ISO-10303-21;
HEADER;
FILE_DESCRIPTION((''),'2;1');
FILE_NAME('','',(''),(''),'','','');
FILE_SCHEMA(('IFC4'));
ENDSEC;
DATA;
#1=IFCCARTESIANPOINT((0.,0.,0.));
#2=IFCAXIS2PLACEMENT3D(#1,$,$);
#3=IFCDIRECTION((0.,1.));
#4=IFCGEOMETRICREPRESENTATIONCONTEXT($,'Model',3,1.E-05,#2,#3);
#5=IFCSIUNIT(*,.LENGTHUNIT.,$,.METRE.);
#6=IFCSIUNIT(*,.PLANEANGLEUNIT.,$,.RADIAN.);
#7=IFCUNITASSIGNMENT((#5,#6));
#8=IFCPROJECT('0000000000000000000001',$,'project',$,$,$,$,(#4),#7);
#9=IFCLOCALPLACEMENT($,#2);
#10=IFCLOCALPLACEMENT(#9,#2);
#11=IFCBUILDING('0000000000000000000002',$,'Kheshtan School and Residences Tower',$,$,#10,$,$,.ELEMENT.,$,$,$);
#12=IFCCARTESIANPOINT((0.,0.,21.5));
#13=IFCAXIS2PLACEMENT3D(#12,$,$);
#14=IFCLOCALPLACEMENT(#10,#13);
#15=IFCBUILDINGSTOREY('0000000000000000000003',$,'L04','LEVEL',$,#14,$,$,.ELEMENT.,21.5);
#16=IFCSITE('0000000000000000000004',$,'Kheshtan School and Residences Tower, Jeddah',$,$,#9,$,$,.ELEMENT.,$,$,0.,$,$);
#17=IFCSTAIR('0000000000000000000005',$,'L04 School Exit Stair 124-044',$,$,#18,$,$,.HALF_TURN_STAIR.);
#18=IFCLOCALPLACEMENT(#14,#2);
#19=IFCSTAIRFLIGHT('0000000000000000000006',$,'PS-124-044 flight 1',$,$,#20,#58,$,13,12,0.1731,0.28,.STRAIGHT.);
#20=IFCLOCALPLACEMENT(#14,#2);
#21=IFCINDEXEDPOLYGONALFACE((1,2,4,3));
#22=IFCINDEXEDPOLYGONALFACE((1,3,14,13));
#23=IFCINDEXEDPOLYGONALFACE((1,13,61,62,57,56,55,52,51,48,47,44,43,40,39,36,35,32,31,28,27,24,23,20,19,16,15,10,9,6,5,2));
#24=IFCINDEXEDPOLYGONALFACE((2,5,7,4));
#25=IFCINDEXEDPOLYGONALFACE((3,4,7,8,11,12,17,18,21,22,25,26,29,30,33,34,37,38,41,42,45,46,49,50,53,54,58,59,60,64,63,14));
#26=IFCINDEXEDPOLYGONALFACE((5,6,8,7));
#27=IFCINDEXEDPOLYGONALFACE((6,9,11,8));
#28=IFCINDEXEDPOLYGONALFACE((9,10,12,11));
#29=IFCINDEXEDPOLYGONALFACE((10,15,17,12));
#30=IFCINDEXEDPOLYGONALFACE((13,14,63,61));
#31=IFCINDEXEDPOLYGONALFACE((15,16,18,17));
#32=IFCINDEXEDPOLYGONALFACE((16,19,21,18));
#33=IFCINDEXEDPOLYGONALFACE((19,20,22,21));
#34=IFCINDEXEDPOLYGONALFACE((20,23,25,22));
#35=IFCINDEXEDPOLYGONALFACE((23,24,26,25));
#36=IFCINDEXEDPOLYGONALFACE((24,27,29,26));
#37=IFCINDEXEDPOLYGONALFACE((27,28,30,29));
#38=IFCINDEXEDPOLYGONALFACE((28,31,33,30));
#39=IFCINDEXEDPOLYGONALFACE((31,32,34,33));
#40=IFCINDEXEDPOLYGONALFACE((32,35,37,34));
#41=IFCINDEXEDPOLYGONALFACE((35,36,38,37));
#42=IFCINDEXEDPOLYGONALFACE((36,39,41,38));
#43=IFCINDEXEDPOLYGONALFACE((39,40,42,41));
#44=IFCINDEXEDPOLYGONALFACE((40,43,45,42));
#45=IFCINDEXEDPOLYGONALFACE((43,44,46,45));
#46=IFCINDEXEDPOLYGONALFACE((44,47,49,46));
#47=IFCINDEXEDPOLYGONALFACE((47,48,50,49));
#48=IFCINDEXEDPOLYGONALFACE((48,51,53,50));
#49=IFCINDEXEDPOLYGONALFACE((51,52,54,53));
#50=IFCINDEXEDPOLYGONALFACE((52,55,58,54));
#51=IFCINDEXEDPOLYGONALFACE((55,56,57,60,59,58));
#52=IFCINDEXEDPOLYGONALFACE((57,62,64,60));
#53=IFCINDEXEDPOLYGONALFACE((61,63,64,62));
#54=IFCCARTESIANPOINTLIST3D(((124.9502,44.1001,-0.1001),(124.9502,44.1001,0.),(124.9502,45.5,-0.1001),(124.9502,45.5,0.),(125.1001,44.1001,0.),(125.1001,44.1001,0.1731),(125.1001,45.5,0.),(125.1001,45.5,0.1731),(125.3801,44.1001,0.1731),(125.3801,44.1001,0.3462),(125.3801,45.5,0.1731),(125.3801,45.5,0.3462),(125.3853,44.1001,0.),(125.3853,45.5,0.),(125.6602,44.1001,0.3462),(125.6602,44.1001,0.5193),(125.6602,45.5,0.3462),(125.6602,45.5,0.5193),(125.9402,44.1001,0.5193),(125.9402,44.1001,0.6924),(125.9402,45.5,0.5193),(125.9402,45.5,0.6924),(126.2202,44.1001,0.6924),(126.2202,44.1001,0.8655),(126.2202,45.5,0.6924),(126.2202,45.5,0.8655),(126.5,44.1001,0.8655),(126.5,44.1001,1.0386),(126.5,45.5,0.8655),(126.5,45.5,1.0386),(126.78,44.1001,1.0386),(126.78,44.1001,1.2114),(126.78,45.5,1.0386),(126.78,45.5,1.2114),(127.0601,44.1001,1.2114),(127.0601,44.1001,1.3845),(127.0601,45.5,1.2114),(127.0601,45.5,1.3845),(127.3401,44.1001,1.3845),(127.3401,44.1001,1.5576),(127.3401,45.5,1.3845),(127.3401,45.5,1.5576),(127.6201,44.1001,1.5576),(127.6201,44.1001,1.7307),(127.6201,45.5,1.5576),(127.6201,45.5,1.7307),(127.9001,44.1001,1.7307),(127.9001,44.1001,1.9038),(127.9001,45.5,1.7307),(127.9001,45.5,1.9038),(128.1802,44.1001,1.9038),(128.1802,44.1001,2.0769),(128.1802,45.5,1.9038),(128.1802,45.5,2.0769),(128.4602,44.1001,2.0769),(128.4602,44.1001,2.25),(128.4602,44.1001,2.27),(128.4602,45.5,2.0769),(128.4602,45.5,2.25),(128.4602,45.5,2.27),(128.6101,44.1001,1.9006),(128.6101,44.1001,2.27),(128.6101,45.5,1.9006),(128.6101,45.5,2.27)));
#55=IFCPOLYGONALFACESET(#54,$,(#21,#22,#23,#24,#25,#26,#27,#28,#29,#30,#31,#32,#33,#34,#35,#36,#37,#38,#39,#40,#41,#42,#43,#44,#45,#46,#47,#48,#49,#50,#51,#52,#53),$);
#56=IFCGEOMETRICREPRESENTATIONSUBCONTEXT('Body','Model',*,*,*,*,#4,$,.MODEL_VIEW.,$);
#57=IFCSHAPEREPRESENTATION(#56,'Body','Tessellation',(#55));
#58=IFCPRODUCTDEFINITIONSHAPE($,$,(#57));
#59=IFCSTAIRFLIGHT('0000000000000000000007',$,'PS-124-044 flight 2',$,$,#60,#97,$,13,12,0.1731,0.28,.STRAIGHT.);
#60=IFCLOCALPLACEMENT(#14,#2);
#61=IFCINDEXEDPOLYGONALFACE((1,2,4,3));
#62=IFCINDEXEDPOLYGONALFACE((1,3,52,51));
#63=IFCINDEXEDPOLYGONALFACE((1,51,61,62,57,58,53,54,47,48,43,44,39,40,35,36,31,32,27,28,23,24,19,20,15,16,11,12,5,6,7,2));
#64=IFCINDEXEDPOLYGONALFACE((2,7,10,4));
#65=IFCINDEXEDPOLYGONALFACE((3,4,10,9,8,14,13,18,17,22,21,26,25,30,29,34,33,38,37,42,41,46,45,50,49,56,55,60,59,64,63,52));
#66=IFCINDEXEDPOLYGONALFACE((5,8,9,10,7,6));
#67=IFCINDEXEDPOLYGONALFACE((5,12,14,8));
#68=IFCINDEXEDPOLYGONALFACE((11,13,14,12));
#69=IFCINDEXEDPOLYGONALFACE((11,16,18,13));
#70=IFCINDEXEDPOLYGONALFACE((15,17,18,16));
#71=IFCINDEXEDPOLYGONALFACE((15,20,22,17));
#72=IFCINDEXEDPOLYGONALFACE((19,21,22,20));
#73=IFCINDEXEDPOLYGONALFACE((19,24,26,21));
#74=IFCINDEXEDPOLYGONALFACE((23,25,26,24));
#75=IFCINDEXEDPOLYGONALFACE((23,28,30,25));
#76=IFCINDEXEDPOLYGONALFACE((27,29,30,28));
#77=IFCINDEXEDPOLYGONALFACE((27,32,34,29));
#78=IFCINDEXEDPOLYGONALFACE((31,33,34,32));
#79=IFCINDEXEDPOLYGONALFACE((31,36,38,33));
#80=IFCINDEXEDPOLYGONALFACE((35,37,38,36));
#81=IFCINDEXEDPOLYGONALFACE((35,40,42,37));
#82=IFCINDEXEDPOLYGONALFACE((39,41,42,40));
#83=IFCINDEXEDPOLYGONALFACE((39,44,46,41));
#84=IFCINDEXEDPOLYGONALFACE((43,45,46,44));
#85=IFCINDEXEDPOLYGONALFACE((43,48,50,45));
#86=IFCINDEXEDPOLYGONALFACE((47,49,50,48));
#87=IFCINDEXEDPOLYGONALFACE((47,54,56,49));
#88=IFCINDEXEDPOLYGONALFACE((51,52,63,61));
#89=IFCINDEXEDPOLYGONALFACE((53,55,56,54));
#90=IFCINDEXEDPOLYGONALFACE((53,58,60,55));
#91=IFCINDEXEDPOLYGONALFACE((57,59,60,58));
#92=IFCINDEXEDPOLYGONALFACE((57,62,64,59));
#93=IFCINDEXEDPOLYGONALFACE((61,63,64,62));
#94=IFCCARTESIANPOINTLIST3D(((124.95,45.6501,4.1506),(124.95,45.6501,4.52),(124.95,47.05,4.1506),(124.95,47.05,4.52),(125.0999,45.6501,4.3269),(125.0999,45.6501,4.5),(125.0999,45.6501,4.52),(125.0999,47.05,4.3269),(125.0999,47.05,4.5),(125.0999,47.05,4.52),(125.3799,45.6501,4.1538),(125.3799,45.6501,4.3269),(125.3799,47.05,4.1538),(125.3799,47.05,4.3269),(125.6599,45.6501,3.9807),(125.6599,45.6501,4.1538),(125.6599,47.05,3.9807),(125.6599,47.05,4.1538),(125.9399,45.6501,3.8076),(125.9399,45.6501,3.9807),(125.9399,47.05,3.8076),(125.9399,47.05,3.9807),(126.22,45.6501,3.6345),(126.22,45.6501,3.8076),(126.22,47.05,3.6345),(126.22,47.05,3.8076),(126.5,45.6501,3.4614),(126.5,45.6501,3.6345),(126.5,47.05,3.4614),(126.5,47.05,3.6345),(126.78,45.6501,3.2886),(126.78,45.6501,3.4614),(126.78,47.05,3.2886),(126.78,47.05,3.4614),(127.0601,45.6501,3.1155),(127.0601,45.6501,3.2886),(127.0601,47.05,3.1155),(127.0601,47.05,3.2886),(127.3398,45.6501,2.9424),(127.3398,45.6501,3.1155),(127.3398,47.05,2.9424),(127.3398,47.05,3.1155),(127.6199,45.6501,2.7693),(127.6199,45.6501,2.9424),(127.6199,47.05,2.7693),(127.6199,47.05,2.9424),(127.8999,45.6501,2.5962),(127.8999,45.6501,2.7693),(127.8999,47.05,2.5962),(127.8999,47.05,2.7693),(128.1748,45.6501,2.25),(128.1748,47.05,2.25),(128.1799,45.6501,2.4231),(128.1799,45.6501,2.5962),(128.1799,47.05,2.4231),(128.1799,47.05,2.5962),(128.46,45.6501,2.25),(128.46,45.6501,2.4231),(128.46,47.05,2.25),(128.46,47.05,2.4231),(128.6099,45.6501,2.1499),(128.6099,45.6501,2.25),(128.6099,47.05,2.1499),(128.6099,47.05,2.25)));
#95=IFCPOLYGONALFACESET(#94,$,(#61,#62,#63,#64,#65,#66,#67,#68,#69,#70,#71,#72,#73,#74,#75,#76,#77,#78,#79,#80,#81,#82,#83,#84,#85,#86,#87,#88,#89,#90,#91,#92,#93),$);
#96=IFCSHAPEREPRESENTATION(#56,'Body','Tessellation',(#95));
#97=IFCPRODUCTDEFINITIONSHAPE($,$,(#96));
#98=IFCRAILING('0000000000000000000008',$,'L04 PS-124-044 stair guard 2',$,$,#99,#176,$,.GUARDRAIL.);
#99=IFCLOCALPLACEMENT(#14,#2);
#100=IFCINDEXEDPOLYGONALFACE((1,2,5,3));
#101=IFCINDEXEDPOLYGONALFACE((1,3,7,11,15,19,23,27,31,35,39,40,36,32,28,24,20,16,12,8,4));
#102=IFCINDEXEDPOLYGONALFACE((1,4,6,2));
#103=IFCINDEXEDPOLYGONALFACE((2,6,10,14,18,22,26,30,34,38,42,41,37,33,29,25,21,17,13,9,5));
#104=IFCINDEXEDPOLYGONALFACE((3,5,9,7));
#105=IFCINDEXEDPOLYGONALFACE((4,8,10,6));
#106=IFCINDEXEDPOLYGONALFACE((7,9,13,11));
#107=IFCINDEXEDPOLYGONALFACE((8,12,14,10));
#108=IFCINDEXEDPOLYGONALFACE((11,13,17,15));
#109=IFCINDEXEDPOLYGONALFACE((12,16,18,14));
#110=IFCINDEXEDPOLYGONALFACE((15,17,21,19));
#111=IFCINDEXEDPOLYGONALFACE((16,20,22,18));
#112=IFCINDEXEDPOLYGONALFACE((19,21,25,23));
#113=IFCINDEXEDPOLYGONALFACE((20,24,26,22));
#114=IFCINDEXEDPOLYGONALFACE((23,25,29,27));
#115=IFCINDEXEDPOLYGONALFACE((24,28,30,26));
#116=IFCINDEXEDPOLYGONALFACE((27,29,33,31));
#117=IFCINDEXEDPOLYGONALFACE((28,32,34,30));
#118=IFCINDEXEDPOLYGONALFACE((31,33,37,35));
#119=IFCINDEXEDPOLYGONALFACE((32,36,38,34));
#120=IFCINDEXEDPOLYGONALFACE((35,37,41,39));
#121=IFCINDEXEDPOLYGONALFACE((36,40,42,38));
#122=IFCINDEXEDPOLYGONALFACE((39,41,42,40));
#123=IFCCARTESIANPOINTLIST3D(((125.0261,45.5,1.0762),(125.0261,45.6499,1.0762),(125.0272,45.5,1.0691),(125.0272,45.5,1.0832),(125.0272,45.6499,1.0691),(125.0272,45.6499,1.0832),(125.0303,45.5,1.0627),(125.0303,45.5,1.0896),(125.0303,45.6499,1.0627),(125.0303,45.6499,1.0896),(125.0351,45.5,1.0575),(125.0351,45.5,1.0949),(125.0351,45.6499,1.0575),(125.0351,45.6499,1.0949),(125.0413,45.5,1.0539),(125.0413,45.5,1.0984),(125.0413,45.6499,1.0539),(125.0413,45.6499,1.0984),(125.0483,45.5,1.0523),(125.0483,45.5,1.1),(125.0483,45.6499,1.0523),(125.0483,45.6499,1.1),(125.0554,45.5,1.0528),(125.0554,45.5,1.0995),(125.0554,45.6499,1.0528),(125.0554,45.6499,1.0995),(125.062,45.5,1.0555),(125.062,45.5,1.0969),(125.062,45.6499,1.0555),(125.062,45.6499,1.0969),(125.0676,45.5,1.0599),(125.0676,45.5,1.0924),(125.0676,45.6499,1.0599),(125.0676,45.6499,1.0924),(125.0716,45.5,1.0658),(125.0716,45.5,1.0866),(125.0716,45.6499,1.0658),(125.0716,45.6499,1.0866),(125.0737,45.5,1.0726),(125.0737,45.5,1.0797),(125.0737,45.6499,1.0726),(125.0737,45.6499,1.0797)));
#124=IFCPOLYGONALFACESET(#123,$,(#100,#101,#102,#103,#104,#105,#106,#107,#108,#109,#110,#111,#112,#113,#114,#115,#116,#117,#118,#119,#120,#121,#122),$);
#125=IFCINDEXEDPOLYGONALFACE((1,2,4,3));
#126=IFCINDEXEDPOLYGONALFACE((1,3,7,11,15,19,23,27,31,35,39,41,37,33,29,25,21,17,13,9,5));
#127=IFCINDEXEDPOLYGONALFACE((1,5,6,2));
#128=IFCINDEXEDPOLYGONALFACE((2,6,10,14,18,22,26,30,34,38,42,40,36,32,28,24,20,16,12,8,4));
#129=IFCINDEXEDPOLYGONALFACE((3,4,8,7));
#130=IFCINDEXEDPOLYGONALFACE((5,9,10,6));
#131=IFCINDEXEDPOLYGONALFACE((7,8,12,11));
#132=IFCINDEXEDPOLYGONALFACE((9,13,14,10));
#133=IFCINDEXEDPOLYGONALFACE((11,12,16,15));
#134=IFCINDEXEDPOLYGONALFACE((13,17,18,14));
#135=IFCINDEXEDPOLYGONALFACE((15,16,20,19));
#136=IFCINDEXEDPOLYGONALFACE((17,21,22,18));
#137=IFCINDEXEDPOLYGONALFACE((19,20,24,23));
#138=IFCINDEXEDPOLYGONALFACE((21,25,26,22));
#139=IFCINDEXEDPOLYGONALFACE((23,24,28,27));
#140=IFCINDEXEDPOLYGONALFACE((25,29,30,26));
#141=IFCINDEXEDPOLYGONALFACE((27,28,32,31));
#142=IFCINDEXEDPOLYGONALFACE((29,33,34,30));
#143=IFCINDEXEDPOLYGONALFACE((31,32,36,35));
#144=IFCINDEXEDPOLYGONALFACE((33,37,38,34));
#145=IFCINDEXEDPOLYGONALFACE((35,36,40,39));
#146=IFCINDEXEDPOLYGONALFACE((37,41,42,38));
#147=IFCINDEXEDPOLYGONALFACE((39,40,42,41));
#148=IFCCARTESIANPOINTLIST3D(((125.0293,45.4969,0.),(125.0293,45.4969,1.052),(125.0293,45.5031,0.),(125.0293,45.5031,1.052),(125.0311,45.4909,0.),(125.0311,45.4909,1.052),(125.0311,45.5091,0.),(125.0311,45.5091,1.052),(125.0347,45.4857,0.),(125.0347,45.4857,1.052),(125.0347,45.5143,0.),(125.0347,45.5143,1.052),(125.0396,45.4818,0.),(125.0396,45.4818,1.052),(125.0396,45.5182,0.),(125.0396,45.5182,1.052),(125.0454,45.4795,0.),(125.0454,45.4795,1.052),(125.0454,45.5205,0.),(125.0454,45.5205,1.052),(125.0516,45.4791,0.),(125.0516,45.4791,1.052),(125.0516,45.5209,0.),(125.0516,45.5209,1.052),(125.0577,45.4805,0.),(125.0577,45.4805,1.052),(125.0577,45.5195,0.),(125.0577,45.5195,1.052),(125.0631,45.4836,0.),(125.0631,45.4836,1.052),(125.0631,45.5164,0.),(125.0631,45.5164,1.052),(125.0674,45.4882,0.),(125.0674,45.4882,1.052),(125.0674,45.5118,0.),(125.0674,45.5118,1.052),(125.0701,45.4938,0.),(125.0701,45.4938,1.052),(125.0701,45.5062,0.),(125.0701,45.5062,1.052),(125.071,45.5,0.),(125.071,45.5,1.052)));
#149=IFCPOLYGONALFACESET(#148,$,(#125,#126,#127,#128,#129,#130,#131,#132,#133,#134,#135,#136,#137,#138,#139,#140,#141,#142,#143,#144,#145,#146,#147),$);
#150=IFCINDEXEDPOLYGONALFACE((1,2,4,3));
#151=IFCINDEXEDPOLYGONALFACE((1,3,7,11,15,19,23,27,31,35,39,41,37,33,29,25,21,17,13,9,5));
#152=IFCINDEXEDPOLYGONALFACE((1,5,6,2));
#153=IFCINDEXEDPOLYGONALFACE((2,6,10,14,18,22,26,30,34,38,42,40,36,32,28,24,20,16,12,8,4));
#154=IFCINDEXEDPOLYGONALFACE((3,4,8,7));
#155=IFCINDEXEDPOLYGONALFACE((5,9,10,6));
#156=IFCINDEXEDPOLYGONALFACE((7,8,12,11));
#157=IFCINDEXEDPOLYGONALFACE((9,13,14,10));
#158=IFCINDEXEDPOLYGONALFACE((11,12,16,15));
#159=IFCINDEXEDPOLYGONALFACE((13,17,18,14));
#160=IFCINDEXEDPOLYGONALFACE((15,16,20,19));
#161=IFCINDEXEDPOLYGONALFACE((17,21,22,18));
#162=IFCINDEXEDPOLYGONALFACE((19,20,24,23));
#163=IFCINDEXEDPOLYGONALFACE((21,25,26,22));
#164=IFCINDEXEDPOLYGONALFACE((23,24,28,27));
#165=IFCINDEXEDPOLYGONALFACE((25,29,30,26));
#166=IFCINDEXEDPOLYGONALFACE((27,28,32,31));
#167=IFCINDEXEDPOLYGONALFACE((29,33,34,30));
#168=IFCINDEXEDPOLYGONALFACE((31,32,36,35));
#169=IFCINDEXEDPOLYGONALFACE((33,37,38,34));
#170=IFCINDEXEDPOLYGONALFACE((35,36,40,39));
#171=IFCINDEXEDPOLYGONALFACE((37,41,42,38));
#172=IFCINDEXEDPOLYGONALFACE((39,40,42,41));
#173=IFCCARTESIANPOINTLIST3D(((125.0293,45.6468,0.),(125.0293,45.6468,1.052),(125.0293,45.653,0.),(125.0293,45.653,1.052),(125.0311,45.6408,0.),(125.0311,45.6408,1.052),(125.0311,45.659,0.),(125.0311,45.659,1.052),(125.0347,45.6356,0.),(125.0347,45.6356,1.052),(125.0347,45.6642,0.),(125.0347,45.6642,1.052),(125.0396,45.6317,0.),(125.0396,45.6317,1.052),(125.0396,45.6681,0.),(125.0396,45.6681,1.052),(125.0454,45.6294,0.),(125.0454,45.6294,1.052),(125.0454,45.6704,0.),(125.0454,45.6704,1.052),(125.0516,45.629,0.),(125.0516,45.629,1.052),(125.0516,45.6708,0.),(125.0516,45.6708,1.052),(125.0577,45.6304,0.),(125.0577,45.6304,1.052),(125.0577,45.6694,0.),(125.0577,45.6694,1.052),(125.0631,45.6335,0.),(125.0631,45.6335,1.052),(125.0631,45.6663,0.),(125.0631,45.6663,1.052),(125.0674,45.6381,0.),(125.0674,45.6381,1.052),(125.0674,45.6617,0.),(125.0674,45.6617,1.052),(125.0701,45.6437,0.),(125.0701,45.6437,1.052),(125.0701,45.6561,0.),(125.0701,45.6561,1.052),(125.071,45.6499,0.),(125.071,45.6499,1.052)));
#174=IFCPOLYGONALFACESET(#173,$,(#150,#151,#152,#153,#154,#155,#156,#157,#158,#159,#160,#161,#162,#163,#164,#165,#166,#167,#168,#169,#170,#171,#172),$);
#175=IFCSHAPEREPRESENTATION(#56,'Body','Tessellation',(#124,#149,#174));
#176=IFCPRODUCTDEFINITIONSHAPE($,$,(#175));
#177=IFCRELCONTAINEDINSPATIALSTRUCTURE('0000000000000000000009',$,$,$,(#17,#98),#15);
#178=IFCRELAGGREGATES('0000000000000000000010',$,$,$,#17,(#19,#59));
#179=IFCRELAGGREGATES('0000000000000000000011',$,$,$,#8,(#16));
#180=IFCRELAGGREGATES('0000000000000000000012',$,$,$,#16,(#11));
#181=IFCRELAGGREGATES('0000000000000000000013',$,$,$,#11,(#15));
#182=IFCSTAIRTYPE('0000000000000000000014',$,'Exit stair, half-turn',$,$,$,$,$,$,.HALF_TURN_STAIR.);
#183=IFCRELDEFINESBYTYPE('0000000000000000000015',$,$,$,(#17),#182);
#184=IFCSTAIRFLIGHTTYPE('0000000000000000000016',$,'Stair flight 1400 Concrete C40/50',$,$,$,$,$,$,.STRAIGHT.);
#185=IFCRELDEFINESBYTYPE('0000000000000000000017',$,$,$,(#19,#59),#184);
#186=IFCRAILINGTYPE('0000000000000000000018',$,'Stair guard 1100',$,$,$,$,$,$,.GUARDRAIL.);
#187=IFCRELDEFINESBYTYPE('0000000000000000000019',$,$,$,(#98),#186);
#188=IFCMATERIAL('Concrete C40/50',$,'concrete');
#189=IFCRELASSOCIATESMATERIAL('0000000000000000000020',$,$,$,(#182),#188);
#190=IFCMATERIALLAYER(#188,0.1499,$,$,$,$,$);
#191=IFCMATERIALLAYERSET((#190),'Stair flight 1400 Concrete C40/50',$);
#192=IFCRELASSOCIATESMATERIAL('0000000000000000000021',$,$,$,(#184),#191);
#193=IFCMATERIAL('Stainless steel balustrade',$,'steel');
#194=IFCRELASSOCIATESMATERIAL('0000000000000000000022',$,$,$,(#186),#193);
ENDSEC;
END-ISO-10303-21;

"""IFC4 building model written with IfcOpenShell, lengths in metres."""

from ifc_helpers import new_model, si_unit, direction, frame, origin, origin_2d, place, context, subcontext, project, spatial, polyline, circle, outline, extrude, material, layer, layer_set, type_object, element, aggregate, save


model = new_model("IFC4")

# Units and contexts
model_context = context("Model", 3, precision=1e-05, world=origin(), true_north=direction((0.0, 1.0)))
body_context = subcontext(model_context, "Body", "Model", "MODEL_VIEW")
ifc_project = project(units=[si_unit("LENGTHUNIT", "METRE"), si_unit("PLANEANGLEUNIT", "RADIAN")], contexts=[model_context])

# Site, building, storey
site_placement = place(None, origin())
site = spatial("IfcSite", under=ifc_project, at=site_placement, Name="Kheshtan School and Residences Tower, Jeddah", CompositionType="ELEMENT", RefElevation=0.0)
building_placement = place(site_placement, origin())
building = spatial("IfcBuilding", under=site, at=building_placement, Name="Kheshtan School and Residences Tower", CompositionType="ELEMENT")
storey_placement = place(building_placement, frame((0.0, 0.0, 21.5)))
storey = spatial("IfcBuildingStorey", under=building, at=storey_placement, Name="L04", Description="LEVEL", CompositionType="ELEMENT", Elevation=21.5)

# Shared definitions
ifc_material_1 = material(Name="Concrete C40/50", Category="concrete")

# Stair, stair flights
stair_type = type_object("IfcStairType", Name="Exit stair, half-turn", PredefinedType="HALF_TURN_STAIR", material=ifc_material_1)
stair_placement = place(storey_placement, origin())
stair = element("IfcStair", 1, at=stair_placement, inside=storey, type_object=stair_type, Name="L04 School Exit Stair 124-044", PredefinedType="HALF_TURN_STAIR")
ifc_layer_1 = layer(ifc_material_1, 0.1499)
ifc_layer_set_1 = layer_set([ifc_layer_1], Name="Stair flight 1400 Concrete C40/50")
stair_flight_type = type_object("IfcStairFlightType", Name="Stair flight 1400 Concrete C40/50", PredefinedType="STRAIGHT", material=ifc_layer_set_1)
stair_flight_1_placement = place(storey_placement, frame((125.1001, 44.8, 0.0), z_axis=(0.0, 0.0, 1.0), x_axis=(1.0, 0.0, 0.0)))
stair_flight_1 = element("IfcStairFlight", 2, at=stair_flight_1_placement, type_object=stair_flight_type, Name="PS-124-044 flight 1", NumberOfRisers=13, NumberOfTreads=12, PredefinedType="STRAIGHT", RiserHeight=0.1731, TreadLength=0.28, context=body_context, shape_type="SweptSolid", body=[
    extrude(outline(polyline([(-0.1499, -0.1001), (-0.1499, 0.0), (0.0, 0.0), (0.0, 0.1731), (0.28, 0.1731), (0.28, 0.3462), (0.5601, 0.3462), (0.5601, 0.5193), (0.8401, 0.5193), (0.8401, 0.6924), (1.1201, 0.6924), (1.1201, 0.8655), (1.3999, 0.8655), (1.3999, 1.0386), (1.6799, 1.0386), (1.6799, 1.2114), (1.96, 1.2114), (1.96, 1.3845), (2.24, 1.3845), (2.24, 1.5576), (2.52, 1.5576), (2.52, 1.7307), (2.8, 1.7307), (2.8, 1.9038), (3.0801, 1.9038), (3.0801, 2.0769), (3.3601, 2.0769), (3.3601, 2.25), (3.3601, 2.27), (3.51, 2.27), (3.51, 1.9006), (0.2852, 0.0), (-0.1499, -0.1001)])), frame((0.0, 0.7, 0.0), z_axis=(0.0, -1.0, 0.0), x_axis=(1.0, 0.0, 0.0)), (0.0, 0.0, 1.0), 1.3999),
])
stair_flight_2_placement = place(storey_placement, frame((128.46, 46.3501, 2.25), z_axis=(0.0, 0.0, 1.0), x_axis=(-1.0, 0.0, 0.0)))
stair_flight_2 = element("IfcStairFlight", 3, at=stair_flight_2_placement, type_object=stair_flight_type, Name="PS-124-044 flight 2", NumberOfRisers=13, NumberOfTreads=12, PredefinedType="STRAIGHT", RiserHeight=0.1731, TreadLength=0.28, context=body_context, shape_type="SweptSolid", body=[
    extrude(outline(polyline([(-0.1499, -0.1001), (-0.1499, 0.0), (0.0, 0.0), (0.0, 0.1731), (0.28, 0.1731), (0.28, 0.3462), (0.5601, 0.3462), (0.5601, 0.5193), (0.8401, 0.5193), (0.8401, 0.6924), (1.1201, 0.6924), (1.1201, 0.8655), (1.3999, 0.8655), (1.3999, 1.0386), (1.6799, 1.0386), (1.6799, 1.2114), (1.96, 1.2114), (1.96, 1.3845), (2.24, 1.3845), (2.24, 1.5576), (2.52, 1.5576), (2.52, 1.7307), (2.8, 1.7307), (2.8, 1.9038), (3.0801, 1.9038), (3.0801, 2.0769), (3.3601, 2.0769), (3.3601, 2.25), (3.3601, 2.27), (3.51, 2.27), (3.51, 1.9006), (0.2852, 0.0), (-0.1499, -0.1001)])), frame((0.0, 0.7, 0.0), z_axis=(0.0, -1.0, 0.0), x_axis=(1.0, 0.0, 0.0)), (0.0, 0.0, 1.0), 1.3999),
])
aggregate(stair, [stair_flight_1, stair_flight_2])

# Railing
ifc_material_2 = material(Name="Stainless steel balustrade", Category="steel")
railing_type_1 = type_object("IfcRailingType", Name="Stair guard 1100", PredefinedType="GUARDRAIL", material=ifc_material_2)
railing_1_placement = place(storey_placement, frame((125.05, 45.5, 0.0)))
element("IfcRailing", 4, at=railing_1_placement, inside=storey, type_object=railing_type_1, Name="L04 PS-124-044 stair guard 2", PredefinedType="GUARDRAIL", context=body_context, shape_type="SweptSolid", body=[
    extrude(circle(Radius=0.0239, at=origin_2d()), frame((0.0, 0.0, 1.0762), z_axis=(0.0, 1.0, 0.0), x_axis=(-1.0, 0.0, 0.0)), (0.0, 0.0, 1.0), 0.1499),
    extrude(circle(Radius=0.021, at=origin_2d()), origin(), (0.0, 0.0, 1.0), 1.052),
    extrude(circle(Radius=0.021, at=origin_2d()), frame((0.0, 0.1499, 0.0)), (0.0, 0.0, 1.0), 1.052),
])

save(model, "model.ifc")
